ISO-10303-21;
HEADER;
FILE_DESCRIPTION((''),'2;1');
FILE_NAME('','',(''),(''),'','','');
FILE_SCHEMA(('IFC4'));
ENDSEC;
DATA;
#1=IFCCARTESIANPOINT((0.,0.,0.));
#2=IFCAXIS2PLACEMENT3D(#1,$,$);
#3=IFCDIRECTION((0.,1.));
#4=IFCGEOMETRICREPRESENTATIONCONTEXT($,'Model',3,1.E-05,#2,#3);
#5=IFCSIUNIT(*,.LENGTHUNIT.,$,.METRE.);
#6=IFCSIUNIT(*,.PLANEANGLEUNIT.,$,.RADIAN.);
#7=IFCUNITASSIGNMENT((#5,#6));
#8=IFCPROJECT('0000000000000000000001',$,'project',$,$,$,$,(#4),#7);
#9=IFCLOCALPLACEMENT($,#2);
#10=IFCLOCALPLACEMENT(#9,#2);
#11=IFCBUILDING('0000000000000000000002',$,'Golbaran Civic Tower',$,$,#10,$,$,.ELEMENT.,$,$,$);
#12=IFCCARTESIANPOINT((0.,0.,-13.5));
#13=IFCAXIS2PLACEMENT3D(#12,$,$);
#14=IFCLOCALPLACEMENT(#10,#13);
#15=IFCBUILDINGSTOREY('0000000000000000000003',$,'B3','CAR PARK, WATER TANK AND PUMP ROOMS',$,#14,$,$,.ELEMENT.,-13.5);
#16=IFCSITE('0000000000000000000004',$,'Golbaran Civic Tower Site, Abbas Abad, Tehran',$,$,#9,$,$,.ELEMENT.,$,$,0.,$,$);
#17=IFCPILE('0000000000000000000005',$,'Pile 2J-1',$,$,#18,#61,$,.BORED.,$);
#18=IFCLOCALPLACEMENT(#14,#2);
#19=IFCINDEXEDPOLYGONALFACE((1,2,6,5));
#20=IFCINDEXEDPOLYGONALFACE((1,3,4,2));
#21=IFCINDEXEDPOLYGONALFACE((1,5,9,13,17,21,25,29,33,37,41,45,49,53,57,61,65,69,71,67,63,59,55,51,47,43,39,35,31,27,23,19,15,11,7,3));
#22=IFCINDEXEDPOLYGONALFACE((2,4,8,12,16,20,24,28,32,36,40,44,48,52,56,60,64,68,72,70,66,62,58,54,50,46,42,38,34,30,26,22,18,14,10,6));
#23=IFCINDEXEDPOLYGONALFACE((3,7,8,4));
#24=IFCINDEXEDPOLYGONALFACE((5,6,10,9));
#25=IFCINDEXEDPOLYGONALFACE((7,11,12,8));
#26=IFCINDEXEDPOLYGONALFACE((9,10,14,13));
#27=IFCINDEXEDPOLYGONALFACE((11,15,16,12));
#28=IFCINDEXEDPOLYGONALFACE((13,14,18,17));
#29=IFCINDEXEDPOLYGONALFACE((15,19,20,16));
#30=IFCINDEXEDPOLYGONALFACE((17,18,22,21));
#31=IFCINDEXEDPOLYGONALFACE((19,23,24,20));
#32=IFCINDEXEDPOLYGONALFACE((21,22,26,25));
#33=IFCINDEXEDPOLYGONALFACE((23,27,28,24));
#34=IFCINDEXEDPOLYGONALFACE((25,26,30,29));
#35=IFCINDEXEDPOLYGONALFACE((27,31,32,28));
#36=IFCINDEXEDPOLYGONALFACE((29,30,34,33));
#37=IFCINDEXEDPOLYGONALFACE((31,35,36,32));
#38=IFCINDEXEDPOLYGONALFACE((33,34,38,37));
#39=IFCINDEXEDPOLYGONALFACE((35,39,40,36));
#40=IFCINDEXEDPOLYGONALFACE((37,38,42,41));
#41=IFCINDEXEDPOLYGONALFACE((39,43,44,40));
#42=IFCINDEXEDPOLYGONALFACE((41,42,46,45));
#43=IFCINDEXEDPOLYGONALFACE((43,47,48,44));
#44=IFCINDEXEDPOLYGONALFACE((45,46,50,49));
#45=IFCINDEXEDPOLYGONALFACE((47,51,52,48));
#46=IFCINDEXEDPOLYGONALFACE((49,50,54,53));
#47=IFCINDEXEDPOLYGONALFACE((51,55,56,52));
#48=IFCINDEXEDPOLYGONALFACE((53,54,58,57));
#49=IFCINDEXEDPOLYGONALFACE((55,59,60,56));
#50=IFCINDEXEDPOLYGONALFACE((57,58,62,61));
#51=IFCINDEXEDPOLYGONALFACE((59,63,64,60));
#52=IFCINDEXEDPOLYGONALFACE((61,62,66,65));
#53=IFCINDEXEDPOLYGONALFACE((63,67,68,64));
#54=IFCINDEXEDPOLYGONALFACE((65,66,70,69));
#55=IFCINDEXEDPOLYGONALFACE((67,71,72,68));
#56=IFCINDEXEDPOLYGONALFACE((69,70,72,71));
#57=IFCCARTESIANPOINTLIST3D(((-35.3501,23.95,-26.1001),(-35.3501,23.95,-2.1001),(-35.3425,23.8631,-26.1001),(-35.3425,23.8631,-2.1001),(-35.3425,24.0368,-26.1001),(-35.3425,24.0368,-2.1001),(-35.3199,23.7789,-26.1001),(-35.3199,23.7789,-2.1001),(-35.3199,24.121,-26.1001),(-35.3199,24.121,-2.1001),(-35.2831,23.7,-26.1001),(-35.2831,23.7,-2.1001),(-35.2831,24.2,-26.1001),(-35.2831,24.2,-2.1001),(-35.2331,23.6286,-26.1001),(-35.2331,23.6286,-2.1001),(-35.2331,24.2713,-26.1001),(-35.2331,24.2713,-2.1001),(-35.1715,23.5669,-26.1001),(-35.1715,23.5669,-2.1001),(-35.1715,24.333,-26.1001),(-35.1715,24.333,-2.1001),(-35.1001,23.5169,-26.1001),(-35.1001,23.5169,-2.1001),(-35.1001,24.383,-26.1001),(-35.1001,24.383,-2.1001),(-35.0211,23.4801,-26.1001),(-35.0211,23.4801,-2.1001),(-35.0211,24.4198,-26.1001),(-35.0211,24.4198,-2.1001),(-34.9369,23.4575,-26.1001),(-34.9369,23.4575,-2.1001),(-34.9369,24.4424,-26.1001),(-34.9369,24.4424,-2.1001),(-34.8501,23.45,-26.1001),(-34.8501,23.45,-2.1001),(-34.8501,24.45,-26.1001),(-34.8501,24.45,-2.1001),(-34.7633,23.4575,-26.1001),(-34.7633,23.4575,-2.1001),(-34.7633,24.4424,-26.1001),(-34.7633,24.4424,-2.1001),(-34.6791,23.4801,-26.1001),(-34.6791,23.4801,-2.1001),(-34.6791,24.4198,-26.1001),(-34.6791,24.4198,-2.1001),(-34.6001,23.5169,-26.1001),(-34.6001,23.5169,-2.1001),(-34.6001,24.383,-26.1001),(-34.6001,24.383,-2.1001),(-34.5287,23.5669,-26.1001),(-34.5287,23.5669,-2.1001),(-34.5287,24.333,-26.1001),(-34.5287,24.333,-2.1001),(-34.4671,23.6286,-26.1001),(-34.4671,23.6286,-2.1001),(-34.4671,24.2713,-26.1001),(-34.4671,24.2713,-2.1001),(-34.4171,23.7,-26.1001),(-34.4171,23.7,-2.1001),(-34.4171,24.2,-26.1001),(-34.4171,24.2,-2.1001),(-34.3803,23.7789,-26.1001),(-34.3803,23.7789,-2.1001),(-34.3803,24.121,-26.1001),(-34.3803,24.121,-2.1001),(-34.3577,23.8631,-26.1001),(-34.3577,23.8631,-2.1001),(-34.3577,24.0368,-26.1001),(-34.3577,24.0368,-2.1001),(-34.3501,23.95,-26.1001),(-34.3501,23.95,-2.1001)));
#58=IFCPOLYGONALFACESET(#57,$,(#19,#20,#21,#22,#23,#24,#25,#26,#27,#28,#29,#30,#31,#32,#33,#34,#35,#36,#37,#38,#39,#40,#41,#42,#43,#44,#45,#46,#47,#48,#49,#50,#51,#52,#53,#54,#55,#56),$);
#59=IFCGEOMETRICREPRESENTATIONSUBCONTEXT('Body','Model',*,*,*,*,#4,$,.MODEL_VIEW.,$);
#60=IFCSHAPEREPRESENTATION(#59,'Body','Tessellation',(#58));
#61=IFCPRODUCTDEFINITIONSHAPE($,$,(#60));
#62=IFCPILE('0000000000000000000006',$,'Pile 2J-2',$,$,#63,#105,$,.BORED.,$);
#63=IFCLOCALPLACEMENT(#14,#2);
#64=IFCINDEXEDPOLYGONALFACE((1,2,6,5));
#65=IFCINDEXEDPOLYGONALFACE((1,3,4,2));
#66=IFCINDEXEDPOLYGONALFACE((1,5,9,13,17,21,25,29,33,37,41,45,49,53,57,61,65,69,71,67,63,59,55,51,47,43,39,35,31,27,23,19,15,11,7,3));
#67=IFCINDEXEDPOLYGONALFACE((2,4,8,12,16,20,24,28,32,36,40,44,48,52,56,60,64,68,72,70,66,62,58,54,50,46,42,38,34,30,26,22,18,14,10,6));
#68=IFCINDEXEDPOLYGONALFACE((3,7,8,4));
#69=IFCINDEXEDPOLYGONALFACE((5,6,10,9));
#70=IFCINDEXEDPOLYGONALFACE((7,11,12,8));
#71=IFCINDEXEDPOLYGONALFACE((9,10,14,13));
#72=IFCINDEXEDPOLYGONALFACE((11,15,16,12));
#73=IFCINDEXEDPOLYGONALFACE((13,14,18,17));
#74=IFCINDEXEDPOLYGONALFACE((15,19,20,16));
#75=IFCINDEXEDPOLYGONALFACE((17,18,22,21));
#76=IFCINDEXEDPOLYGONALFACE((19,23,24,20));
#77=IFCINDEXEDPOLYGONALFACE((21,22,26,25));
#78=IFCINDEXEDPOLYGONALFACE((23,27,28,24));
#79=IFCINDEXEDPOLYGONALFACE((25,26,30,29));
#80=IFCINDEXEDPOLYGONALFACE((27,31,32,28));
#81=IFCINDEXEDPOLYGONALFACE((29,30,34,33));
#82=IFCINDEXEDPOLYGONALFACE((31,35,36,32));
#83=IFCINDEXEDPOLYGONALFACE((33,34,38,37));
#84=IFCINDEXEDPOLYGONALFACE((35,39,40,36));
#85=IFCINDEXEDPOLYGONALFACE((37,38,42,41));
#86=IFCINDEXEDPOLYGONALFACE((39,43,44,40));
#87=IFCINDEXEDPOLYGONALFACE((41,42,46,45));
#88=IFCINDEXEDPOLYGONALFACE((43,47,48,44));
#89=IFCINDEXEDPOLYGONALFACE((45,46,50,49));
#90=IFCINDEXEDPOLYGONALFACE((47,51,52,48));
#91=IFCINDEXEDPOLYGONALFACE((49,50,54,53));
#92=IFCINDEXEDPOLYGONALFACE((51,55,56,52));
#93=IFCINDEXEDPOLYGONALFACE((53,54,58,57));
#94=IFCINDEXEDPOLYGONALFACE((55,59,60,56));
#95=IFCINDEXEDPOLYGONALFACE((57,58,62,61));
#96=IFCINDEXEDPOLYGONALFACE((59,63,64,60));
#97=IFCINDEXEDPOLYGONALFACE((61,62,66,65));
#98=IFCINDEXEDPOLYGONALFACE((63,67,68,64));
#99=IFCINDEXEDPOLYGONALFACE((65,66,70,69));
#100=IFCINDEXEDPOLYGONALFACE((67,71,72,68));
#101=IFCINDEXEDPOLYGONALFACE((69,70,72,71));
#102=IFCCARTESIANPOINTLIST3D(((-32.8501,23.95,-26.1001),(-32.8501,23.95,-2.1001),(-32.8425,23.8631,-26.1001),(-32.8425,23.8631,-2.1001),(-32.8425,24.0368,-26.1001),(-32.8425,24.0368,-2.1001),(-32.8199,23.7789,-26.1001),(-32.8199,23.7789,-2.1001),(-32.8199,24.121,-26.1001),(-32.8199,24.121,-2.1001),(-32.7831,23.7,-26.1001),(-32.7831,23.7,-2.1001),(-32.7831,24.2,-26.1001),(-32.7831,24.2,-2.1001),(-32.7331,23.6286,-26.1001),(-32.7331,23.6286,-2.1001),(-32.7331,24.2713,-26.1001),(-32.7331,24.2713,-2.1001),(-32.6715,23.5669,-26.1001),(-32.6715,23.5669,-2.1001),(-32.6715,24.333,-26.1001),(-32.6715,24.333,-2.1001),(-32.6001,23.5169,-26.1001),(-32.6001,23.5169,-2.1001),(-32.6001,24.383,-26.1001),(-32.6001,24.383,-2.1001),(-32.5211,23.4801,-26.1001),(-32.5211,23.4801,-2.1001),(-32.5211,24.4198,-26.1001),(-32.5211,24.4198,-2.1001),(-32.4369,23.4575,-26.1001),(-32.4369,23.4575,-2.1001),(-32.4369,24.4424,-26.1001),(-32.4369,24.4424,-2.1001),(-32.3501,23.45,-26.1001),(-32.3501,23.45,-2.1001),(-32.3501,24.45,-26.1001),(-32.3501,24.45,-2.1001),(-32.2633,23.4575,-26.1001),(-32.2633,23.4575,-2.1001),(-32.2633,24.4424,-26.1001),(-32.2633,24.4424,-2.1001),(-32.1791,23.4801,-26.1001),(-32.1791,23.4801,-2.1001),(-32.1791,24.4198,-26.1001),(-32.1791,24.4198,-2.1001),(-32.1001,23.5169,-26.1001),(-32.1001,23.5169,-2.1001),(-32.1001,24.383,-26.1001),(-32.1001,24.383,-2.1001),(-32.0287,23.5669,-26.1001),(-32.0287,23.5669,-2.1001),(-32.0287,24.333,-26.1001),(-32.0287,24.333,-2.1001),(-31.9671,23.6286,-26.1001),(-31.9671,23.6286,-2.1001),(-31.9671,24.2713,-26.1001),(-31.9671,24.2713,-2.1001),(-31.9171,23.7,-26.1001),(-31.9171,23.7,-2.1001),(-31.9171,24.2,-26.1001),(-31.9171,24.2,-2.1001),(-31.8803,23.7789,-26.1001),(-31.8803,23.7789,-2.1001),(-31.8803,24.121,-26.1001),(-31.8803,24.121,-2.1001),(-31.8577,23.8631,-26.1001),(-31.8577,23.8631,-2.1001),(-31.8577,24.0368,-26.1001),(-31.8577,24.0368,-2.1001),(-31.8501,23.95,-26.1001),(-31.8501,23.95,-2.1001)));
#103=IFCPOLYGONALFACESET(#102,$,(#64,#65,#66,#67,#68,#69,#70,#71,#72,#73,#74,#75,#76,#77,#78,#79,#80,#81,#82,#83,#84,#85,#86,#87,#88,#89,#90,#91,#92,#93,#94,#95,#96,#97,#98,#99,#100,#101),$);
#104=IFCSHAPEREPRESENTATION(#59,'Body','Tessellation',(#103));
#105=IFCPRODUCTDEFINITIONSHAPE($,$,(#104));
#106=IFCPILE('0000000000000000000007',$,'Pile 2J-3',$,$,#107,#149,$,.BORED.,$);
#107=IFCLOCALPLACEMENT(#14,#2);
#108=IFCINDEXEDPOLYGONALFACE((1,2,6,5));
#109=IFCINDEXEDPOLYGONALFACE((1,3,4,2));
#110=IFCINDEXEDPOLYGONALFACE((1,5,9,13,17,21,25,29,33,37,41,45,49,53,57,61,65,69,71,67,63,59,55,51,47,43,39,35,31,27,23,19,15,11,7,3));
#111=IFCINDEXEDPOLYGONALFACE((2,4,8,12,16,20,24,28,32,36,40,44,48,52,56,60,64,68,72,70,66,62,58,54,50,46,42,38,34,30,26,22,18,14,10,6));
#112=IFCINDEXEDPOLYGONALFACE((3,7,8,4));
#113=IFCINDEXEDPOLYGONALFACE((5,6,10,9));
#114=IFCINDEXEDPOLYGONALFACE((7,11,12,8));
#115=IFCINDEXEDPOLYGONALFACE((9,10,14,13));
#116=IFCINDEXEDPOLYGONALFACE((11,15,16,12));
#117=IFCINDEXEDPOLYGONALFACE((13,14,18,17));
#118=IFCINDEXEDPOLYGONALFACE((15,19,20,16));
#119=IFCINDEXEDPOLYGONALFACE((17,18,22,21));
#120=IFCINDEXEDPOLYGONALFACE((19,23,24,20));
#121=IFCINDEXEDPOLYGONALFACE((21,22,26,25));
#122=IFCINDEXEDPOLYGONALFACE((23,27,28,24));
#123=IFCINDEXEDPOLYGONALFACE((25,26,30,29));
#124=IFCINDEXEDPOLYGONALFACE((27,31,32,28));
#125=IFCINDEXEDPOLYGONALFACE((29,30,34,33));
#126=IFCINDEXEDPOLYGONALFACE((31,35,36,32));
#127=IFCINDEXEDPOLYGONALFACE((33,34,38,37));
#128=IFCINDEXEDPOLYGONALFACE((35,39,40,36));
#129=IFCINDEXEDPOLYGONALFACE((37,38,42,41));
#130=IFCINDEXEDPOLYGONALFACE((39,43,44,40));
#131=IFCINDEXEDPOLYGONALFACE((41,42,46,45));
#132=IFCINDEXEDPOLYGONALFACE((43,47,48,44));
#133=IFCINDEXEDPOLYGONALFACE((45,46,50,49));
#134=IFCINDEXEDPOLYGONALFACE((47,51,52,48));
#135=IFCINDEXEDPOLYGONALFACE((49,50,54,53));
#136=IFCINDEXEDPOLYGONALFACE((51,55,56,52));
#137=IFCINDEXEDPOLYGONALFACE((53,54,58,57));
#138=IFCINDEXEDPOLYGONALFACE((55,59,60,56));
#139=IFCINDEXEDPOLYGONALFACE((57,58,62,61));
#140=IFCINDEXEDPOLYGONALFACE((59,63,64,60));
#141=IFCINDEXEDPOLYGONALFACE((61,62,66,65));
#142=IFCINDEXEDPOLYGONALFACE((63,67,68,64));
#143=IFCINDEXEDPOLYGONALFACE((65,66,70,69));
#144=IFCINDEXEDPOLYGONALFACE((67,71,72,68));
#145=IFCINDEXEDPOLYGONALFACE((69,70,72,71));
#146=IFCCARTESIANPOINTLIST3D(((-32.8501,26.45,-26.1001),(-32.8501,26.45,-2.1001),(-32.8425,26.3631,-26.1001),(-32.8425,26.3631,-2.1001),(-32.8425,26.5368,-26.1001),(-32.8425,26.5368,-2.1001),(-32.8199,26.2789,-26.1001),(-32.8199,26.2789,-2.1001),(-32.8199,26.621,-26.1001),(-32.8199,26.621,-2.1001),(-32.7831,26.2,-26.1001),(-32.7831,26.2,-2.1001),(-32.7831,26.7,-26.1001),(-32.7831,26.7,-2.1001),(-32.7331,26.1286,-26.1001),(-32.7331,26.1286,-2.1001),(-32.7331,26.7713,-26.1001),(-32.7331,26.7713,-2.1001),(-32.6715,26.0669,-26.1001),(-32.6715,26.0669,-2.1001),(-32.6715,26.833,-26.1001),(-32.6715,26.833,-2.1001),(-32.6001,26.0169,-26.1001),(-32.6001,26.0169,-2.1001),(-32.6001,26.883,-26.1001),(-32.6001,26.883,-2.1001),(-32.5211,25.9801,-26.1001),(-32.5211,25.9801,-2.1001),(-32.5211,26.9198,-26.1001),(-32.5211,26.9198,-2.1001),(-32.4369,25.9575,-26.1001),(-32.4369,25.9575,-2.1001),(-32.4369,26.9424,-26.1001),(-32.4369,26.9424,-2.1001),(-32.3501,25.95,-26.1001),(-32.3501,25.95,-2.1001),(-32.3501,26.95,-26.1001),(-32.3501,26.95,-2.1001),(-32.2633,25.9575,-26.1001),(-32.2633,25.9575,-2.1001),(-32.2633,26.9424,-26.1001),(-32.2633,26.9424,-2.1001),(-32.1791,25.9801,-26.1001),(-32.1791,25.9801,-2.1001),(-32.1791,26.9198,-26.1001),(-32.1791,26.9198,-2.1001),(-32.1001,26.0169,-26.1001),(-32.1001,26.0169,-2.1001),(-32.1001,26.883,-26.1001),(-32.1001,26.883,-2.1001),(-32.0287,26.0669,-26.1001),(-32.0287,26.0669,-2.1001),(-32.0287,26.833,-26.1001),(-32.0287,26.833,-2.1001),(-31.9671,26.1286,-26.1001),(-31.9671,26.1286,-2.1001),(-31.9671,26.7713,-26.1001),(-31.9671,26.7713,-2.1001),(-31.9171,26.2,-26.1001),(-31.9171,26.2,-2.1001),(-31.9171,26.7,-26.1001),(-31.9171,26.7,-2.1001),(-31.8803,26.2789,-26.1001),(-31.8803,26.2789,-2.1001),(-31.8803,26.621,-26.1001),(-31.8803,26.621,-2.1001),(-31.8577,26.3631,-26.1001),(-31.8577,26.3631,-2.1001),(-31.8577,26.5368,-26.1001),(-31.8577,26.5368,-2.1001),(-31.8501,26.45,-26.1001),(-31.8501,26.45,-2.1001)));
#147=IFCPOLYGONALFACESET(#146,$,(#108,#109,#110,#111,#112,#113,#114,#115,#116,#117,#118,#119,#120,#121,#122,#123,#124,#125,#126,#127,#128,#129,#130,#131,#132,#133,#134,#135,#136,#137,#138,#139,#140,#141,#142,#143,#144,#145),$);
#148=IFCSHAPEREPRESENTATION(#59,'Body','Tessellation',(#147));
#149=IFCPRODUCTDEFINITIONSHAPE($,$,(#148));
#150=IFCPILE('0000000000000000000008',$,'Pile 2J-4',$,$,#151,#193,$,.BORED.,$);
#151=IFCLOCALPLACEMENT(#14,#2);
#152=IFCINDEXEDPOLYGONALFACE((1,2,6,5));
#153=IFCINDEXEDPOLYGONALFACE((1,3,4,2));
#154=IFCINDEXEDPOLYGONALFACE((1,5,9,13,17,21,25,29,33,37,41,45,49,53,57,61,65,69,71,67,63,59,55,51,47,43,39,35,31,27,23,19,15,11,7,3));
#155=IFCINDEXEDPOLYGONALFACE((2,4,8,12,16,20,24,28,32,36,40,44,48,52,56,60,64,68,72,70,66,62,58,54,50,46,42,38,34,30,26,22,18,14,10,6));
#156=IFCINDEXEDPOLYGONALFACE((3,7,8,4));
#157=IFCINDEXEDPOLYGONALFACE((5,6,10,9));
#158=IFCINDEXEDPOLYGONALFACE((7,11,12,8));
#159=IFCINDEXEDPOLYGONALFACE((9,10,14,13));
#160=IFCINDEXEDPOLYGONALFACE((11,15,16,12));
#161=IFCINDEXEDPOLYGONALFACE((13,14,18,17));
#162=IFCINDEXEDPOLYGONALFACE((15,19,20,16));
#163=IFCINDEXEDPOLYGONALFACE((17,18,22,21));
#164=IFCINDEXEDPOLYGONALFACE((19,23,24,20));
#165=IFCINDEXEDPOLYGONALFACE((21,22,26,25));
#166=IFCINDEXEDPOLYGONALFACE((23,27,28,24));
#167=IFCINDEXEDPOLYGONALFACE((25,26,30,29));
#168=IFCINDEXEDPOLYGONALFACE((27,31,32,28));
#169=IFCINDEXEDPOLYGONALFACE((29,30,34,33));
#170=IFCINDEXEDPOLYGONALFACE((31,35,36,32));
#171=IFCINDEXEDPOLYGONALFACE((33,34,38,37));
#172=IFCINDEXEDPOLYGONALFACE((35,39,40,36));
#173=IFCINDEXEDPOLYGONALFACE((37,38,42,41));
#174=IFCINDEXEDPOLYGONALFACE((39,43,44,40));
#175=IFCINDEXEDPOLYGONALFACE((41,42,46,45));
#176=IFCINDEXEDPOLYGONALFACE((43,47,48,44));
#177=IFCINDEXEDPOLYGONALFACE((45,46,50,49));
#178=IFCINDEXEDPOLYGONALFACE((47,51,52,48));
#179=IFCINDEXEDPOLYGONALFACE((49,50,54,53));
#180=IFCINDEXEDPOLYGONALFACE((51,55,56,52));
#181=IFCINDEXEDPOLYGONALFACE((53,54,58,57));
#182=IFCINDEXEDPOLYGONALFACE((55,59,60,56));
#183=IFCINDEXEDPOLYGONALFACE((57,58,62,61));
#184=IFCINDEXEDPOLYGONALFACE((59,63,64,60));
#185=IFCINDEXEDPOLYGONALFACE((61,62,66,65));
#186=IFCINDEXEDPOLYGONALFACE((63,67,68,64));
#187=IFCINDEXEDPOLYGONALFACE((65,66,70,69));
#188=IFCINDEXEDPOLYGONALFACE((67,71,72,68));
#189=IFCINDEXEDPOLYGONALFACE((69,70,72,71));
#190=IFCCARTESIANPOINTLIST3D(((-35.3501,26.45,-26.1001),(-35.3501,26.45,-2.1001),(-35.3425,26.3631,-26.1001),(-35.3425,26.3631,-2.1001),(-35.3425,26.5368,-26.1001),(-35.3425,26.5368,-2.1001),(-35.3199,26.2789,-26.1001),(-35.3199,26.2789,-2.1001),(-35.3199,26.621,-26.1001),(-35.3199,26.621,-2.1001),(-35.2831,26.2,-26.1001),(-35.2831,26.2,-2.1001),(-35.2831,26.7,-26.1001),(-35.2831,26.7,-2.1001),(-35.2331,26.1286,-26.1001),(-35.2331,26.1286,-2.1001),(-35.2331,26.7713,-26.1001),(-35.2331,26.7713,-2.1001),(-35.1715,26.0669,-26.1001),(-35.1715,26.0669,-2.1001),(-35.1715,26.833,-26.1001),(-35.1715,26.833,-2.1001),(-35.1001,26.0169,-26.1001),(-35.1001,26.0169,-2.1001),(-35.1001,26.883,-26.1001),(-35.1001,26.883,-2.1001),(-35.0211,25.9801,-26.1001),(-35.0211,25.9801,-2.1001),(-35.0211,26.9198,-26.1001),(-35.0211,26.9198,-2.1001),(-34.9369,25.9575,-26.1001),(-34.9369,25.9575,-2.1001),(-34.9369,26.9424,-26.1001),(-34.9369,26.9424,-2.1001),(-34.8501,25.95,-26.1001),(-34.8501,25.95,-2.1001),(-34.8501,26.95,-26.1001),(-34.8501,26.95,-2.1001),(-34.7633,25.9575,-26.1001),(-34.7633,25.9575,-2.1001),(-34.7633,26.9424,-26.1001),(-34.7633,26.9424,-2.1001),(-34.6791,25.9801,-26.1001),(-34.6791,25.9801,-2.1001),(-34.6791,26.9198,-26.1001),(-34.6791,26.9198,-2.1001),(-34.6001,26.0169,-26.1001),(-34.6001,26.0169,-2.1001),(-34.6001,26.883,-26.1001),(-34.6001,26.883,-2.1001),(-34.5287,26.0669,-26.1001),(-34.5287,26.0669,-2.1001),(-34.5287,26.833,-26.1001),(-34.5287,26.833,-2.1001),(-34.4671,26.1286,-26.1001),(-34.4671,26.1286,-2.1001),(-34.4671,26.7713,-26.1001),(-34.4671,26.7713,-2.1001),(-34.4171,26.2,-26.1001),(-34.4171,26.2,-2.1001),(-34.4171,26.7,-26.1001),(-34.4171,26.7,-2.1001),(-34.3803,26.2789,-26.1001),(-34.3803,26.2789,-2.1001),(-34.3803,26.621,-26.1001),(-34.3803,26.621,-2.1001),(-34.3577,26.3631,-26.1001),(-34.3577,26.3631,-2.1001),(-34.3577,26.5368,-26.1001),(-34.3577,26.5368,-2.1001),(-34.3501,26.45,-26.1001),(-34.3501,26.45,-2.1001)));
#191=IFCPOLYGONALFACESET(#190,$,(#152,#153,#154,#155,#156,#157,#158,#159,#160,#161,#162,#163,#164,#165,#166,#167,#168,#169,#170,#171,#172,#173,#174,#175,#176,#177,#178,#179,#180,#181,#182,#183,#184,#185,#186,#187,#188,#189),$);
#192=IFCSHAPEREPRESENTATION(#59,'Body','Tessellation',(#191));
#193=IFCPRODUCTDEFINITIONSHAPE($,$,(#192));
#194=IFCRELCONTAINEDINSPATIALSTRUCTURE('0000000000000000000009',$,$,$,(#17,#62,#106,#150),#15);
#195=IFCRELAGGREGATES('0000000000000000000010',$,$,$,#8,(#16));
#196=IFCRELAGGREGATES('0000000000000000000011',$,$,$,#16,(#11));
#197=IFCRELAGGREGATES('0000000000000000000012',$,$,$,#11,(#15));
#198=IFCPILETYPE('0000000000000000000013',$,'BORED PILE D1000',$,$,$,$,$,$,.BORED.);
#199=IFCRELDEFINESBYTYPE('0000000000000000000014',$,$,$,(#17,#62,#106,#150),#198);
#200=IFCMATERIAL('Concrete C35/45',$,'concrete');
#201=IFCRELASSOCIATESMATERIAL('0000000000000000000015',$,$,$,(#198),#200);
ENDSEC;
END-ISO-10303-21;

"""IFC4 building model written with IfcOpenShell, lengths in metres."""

from ifc_helpers import new_model, si_unit, direction, frame, origin, origin_2d, place, context, subcontext, project, spatial, circle, extrude, material, material_profile, profile_set, type_object, element, save


model = new_model("IFC4")

# Units and contexts
model_context = context("Model", 3, precision=1e-05, world=origin(), true_north=direction((0.0, 1.0)))
body_context = subcontext(model_context, "Body", "Model", "MODEL_VIEW")
ifc_project = project(units=[si_unit("LENGTHUNIT", "METRE"), si_unit("PLANEANGLEUNIT", "RADIAN")], contexts=[model_context])

# Site, building, storey
site_placement = place(None, origin())
site = spatial("IfcSite", under=ifc_project, at=site_placement, Name="Golbaran Civic Tower Site, Abbas Abad, Tehran", CompositionType="ELEMENT", RefElevation=0.0)
building_placement = place(site_placement, origin())
building = spatial("IfcBuilding", under=site, at=building_placement, Name="Golbaran Civic Tower", CompositionType="ELEMENT")
storey_placement = place(building_placement, frame((0.0, 0.0, -13.5)))
storey = spatial("IfcBuildingStorey", under=building, at=storey_placement, Name="B3", Description="CAR PARK, WATER TANK AND PUMP ROOMS", CompositionType="ELEMENT", Elevation=-13.5)

# Piles
ifc_material_1 = material(Name="Concrete C35/45", Category="concrete")
ifc_material_profile_1 = material_profile(ifc_material_1, circle(Radius=0.5, at=origin_2d()), Name="BORED PILE D1000")
ifc_profile_set_1 = profile_set([ifc_material_profile_1], Name="Concrete C35/45")
pile_type_1 = type_object("IfcPileType", Name="BORED PILE D1000", PredefinedType="BORED", material=ifc_profile_set_1)
for number, where, z_axis, x_axis, name in (
    (1, (-34.8501, 23.95, -2.1001), (0.0, 0.0, -1.0), (1.0, 0.0, 0.0), "Pile 2J-1"),
    (2, (-32.3501, 23.95, -2.1001), (0.0, 0.0, -1.0), (1.0, 0.0, 0.0), "Pile 2J-2"),
    (3, (-32.3501, 26.45, -2.1001), (0.0, 0.0, -1.0), (1.0, 0.0, 0.0), "Pile 2J-3"),
    (4, (-34.8501, 26.45, -2.1001), (0.0, 0.0, -1.0), (1.0, 0.0, 0.0), "Pile 2J-4"),
):
    element("IfcPile", number, at=place(storey_placement, frame(where, z_axis=z_axis, x_axis=x_axis)), inside=storey, type_object=pile_type_1, Name=name, PredefinedType="BORED", context=body_context, shape_type="SweptSolid", body=[
        extrude(circle(Radius=0.5, at=origin_2d()), origin(), (0.0, 0.0, 1.0), 24.0),
    ])

save(model, "model.ifc")
